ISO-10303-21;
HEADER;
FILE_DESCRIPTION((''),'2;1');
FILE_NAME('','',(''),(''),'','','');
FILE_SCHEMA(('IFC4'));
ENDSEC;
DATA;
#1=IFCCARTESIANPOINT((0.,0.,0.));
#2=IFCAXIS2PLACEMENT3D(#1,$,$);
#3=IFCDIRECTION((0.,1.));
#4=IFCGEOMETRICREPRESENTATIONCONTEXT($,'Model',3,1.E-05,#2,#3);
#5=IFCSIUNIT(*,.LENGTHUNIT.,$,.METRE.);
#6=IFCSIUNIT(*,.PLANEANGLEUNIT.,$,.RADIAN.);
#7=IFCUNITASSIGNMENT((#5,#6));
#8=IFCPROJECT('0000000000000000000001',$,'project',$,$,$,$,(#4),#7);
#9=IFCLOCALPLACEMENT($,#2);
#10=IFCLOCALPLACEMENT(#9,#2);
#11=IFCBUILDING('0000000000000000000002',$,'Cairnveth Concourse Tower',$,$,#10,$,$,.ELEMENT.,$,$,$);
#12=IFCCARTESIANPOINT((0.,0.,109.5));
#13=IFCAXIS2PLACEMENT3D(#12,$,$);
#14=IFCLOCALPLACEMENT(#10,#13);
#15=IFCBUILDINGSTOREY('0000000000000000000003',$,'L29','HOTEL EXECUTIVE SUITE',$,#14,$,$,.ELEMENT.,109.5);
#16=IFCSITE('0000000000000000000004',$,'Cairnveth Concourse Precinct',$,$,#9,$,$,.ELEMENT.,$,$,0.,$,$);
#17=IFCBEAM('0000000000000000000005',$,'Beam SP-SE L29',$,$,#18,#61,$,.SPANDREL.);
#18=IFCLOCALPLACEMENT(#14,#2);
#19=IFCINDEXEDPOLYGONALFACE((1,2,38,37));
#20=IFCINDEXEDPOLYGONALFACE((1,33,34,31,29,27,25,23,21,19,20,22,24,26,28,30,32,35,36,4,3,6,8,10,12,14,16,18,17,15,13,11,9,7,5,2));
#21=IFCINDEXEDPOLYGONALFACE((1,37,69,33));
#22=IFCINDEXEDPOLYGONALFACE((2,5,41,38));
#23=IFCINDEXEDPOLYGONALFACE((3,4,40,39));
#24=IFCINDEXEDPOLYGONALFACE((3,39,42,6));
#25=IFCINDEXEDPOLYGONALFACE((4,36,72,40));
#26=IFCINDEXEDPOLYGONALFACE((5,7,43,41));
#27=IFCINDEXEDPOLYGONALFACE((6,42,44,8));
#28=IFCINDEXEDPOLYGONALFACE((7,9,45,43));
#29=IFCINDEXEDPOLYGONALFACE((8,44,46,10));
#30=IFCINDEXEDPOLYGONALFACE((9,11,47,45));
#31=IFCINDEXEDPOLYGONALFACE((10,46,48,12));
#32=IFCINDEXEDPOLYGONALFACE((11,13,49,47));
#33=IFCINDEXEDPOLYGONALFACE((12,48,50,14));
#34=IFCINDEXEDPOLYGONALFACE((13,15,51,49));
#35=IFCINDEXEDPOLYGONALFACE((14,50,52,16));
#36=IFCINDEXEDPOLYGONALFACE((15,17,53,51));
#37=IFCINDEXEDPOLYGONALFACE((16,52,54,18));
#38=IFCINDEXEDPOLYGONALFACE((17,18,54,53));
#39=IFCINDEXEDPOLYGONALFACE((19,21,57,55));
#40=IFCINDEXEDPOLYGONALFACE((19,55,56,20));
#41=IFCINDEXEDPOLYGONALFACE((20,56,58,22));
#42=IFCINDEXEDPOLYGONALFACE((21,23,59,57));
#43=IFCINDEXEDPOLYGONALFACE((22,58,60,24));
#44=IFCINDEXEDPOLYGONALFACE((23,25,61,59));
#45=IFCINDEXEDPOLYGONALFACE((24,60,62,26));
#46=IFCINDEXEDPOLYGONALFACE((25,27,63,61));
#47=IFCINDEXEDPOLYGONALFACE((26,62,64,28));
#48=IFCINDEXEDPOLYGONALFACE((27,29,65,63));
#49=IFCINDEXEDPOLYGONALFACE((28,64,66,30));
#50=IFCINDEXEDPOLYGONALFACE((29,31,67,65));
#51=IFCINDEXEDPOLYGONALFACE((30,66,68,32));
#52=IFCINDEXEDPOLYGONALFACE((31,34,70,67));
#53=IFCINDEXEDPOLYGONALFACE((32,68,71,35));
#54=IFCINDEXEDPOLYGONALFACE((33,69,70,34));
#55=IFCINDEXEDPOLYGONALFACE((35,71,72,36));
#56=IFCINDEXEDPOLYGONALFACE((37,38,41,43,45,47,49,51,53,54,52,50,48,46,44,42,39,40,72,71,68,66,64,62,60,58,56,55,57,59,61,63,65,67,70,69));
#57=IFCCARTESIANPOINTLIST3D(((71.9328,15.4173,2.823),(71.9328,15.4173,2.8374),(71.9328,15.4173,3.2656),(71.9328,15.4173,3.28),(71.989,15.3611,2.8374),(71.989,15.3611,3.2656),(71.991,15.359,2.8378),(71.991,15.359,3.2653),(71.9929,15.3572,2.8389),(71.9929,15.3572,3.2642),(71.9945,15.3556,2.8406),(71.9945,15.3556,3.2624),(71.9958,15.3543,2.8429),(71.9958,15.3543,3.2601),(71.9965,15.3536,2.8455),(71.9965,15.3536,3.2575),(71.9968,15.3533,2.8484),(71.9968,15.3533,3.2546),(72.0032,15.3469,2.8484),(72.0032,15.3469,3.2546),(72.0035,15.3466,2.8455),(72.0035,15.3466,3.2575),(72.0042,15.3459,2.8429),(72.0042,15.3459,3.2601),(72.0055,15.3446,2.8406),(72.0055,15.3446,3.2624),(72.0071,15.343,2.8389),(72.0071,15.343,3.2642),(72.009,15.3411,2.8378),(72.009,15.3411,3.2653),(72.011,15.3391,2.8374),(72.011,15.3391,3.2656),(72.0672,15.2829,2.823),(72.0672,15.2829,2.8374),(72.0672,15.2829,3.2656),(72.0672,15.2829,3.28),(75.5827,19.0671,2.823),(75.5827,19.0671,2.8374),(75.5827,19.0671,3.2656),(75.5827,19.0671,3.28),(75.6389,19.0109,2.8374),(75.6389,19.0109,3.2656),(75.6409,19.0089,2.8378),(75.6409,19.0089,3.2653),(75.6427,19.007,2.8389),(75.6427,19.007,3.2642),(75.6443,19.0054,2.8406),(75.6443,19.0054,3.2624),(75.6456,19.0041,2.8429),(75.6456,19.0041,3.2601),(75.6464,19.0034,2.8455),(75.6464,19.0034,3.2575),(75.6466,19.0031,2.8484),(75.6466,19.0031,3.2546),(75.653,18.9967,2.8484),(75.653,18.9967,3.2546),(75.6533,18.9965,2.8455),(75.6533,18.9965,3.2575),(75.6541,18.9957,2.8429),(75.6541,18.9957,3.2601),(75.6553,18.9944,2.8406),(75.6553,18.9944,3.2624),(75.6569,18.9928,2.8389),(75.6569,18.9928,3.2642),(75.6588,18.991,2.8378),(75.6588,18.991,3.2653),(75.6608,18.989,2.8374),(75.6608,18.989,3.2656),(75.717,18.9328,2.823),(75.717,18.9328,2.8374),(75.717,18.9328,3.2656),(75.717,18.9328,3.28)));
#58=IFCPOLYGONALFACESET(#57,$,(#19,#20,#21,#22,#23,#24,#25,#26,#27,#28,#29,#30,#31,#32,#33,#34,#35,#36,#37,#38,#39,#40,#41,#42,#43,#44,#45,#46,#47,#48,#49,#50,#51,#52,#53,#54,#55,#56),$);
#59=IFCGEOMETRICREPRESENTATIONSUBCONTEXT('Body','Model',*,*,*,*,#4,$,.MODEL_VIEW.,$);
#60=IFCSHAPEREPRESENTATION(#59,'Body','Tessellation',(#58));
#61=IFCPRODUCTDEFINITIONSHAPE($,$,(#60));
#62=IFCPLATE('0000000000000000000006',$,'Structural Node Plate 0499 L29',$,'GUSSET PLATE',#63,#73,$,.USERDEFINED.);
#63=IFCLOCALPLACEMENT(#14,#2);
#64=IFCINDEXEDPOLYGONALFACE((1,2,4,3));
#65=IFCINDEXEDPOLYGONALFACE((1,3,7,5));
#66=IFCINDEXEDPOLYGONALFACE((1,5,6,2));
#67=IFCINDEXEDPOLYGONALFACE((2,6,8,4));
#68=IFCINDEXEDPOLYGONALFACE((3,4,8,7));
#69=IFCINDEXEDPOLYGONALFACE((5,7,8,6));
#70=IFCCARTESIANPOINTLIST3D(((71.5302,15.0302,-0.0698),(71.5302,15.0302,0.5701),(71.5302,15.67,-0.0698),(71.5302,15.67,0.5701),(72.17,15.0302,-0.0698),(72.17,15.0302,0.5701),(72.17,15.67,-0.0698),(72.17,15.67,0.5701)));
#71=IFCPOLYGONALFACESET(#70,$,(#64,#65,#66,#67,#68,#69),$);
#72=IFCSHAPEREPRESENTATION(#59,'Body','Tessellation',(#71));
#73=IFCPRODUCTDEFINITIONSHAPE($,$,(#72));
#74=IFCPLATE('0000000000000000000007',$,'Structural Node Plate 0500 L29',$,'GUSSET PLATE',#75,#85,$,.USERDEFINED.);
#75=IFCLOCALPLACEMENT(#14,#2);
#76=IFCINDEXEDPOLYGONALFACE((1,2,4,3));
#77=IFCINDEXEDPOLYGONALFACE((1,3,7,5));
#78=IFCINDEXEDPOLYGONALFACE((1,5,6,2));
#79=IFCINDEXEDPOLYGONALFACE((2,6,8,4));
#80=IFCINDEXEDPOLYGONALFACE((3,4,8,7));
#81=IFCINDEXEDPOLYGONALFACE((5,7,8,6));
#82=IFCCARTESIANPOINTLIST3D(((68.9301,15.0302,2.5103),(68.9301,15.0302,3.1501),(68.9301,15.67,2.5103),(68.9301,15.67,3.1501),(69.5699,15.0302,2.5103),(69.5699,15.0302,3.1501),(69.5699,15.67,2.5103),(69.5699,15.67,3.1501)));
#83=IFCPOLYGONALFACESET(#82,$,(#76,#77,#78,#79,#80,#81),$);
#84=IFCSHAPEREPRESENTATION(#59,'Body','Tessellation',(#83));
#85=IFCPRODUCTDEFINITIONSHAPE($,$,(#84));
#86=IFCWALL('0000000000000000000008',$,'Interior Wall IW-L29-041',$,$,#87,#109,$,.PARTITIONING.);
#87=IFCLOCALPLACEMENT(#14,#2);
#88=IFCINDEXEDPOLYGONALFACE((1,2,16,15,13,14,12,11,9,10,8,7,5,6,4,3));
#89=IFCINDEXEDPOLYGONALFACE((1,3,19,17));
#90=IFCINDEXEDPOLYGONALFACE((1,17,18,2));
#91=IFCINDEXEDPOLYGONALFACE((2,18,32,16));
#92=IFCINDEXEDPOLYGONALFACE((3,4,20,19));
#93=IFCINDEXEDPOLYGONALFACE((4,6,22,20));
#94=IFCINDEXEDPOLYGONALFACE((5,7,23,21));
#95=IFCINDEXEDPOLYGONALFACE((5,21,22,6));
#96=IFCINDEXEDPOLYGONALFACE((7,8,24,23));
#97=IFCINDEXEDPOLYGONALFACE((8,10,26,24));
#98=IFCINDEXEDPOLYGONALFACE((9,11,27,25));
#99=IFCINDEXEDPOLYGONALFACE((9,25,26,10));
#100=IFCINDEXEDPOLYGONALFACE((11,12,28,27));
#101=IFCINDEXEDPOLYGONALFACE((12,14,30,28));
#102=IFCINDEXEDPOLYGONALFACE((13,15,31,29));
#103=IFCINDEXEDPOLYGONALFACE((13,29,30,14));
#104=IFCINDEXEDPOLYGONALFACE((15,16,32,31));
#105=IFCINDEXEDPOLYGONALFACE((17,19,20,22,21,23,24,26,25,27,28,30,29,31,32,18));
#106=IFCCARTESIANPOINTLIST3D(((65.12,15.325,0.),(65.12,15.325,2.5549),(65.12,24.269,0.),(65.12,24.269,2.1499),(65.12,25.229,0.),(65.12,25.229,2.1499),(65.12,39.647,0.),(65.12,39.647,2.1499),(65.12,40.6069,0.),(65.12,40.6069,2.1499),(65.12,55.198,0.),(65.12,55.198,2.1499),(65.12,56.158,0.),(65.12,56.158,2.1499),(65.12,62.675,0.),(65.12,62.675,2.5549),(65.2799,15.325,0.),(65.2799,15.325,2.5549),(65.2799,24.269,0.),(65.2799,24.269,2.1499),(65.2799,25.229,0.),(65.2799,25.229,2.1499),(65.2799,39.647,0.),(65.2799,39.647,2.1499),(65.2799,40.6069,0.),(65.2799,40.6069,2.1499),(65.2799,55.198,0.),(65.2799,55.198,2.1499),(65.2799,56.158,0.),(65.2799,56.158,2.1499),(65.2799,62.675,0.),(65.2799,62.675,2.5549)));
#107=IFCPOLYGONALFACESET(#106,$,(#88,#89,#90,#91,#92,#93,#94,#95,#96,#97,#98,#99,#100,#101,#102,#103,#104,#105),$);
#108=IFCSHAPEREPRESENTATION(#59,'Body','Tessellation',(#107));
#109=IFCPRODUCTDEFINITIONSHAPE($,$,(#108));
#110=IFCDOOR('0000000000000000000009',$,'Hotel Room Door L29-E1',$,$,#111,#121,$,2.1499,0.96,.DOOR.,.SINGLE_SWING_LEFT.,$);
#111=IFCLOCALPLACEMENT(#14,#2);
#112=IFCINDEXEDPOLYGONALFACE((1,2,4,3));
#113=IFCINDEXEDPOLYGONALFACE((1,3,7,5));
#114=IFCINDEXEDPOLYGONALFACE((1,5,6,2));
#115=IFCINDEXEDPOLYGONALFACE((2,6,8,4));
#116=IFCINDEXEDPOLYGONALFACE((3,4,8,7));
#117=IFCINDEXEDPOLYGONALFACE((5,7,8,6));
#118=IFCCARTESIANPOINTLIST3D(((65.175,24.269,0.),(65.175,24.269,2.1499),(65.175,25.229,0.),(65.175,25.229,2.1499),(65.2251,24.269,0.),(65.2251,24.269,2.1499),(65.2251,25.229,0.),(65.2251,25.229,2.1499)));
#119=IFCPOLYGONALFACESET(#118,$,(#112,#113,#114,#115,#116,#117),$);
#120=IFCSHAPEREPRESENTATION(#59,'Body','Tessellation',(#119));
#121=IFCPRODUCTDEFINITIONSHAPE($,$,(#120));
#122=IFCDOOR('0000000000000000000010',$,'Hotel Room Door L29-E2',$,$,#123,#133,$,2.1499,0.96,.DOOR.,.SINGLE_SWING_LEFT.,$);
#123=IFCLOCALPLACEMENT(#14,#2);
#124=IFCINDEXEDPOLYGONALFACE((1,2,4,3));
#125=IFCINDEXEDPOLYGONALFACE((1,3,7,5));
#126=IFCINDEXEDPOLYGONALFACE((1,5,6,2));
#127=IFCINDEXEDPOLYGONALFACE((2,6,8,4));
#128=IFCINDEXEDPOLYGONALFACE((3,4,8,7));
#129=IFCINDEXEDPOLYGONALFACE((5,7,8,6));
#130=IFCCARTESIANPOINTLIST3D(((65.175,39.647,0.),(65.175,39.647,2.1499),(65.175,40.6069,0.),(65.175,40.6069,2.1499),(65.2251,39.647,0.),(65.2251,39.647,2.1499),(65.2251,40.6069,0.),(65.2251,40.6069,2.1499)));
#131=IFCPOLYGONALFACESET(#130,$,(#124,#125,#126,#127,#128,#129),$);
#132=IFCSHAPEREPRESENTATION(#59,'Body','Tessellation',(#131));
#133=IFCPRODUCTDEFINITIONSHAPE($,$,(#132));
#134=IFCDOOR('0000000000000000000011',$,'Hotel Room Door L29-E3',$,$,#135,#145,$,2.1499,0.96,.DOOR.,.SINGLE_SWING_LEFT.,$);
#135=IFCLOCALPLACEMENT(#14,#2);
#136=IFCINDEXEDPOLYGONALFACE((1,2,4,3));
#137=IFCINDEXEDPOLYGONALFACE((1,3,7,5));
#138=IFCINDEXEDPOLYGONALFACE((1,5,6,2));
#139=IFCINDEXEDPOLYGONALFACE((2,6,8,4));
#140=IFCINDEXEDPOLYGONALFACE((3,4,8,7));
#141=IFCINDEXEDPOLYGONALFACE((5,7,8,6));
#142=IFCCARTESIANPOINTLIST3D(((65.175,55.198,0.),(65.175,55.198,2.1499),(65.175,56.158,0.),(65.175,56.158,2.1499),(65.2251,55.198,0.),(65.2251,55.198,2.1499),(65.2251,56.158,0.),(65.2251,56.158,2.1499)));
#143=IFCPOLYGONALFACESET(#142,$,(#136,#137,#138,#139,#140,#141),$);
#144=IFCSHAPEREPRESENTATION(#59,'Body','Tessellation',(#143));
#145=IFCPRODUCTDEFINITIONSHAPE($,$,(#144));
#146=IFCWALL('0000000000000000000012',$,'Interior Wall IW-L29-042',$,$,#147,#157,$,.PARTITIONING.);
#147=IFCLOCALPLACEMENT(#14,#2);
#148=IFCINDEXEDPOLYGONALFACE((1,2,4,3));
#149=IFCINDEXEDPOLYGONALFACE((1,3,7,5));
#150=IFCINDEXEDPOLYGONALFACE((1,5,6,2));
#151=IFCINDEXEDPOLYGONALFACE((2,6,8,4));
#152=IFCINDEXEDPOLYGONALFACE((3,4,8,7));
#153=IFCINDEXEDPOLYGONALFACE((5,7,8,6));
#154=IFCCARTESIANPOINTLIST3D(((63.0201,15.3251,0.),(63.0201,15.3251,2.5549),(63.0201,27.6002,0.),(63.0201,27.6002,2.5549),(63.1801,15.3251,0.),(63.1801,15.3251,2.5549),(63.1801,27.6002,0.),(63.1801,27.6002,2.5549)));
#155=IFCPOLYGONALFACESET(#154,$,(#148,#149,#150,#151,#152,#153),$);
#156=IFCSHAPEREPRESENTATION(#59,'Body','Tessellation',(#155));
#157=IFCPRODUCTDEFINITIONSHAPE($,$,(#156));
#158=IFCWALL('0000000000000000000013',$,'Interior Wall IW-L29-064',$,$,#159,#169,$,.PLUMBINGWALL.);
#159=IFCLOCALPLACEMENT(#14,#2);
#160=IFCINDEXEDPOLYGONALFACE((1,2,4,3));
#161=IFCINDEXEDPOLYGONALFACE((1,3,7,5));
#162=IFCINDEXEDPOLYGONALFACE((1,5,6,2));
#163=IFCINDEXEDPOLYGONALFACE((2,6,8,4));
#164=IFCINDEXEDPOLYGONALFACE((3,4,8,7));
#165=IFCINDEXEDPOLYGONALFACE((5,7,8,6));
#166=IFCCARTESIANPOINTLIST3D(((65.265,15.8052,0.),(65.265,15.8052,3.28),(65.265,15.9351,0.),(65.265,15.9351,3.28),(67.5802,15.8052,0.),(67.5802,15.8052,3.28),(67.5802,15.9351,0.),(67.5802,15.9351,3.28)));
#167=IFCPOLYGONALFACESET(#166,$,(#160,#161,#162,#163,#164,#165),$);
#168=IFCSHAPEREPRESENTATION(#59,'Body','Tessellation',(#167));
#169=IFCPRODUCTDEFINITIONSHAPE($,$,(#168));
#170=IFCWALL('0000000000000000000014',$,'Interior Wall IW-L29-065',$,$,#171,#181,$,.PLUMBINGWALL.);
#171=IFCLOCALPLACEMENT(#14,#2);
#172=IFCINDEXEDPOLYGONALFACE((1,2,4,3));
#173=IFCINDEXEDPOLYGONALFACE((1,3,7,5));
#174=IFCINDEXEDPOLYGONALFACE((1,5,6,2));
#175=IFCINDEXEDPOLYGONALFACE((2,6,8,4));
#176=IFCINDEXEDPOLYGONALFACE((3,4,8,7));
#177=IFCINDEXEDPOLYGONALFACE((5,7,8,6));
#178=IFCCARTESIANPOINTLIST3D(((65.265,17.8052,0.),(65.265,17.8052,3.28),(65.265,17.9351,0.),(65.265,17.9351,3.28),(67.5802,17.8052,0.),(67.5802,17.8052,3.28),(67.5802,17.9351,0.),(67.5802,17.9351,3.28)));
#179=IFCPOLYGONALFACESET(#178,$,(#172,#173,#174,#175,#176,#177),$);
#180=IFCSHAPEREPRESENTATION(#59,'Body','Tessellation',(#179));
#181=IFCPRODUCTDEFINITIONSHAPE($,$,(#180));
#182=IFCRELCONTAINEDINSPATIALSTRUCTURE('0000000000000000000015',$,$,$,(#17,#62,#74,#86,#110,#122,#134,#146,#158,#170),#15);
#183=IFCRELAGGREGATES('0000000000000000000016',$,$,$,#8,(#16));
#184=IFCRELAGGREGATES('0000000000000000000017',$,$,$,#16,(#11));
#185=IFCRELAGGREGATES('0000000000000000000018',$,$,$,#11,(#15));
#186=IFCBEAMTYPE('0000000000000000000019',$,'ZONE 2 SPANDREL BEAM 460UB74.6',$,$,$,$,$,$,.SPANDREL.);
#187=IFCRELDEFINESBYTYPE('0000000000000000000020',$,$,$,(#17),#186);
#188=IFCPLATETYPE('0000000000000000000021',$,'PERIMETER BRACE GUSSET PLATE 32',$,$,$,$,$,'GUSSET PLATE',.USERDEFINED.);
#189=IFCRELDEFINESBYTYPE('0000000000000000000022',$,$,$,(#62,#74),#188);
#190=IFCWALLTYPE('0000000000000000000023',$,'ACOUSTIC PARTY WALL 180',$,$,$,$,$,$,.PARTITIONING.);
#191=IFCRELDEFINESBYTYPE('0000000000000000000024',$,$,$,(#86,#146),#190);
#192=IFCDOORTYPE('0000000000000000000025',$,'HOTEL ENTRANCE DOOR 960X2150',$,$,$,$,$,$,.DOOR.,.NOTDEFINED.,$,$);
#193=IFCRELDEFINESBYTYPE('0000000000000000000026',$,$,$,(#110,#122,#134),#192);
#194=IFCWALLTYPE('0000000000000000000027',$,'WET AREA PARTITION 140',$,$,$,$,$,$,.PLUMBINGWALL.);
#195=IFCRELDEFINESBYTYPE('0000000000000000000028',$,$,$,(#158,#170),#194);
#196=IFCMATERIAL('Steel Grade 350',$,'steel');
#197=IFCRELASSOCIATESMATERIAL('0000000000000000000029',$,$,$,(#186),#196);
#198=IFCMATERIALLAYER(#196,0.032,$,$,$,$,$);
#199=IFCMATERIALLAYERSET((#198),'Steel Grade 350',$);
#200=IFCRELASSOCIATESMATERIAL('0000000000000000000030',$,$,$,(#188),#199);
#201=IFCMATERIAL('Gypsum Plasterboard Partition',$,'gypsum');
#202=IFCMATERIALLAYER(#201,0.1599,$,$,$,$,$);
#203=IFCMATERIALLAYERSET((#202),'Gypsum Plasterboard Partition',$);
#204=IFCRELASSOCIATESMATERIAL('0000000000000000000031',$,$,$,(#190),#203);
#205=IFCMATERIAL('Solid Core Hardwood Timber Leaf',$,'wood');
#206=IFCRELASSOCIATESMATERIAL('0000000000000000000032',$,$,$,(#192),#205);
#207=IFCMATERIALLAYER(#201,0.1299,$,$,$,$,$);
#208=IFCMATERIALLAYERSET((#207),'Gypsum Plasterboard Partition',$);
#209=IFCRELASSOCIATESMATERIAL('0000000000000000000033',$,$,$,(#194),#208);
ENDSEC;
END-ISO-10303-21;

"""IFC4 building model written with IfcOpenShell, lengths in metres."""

from ifc_helpers import new_model, si_unit, direction, frame, frame_2d, origin, origin_2d, place, context, subcontext, project, spatial, rectangle, i_section, extrude, material, layer, layer_set, material_profile, profile_set, type_object, element, fill, save


model = new_model("IFC4")

# Units and contexts
model_context = context("Model", 3, precision=1e-05, world=origin(), true_north=direction((0.0, 1.0)))
body_context = subcontext(model_context, "Body", "Model", "MODEL_VIEW")
ifc_project = project(units=[si_unit("LENGTHUNIT", "METRE"), si_unit("PLANEANGLEUNIT", "RADIAN")], contexts=[model_context])

# Site, building, storey
site_placement = place(None, origin())
site = spatial("IfcSite", under=ifc_project, at=site_placement, Name="Cairnveth Concourse Precinct", CompositionType="ELEMENT", RefElevation=0.0)
building_placement = place(site_placement, origin())
building = spatial("IfcBuilding", under=site, at=building_placement, Name="Cairnveth Concourse Tower", CompositionType="ELEMENT")
storey_placement = place(building_placement, frame((0.0, 0.0, 109.5)))
storey = spatial("IfcBuildingStorey", under=building, at=storey_placement, Name="L29", Description="HOTEL EXECUTIVE SUITE", CompositionType="ELEMENT", Elevation=109.5)

# Shared definitions
ifc_material_1 = material(Name="Steel Grade 350", Category="steel")

# Beam
ifc_material_profile_1 = material_profile(ifc_material_1, i_section(OverallWidth=0.1899, OverallDepth=0.457, WebThickness=0.009, FlangeThickness=0.0144, FilletRadius=0.011, at=origin_2d()), Name="460UB74.6")
ifc_profile_set_1 = profile_set([ifc_material_profile_1], Name="Steel Grade 350")
beam_type_1 = type_object("IfcBeamType", Name="ZONE 2 SPANDREL BEAM 460UB74.6", PredefinedType="SPANDREL", material=ifc_profile_set_1)
beam_1_placement = place(storey_placement, frame((72.0, 15.3501, 3.0515), z_axis=(0.707107, 0.707107, 0.0), x_axis=(-0.707107, 0.707107, 0.0)))
element("IfcBeam", 1, at=beam_1_placement, inside=storey, type_object=beam_type_1, Name="Beam SP-SE L29", PredefinedType="SPANDREL", context=body_context, shape_type="SweptSolid", body=[
    extrude(i_section(OverallWidth=0.1899, OverallDepth=0.457, WebThickness=0.009, FlangeThickness=0.0144, FilletRadius=0.011, at=origin_2d()), origin(), (0.0, 0.0, 1.0), 5.1616),
])

# Plates
ifc_layer_1 = layer(ifc_material_1, 0.032)
ifc_layer_set_1 = layer_set([ifc_layer_1], Name="Steel Grade 350")
plate_type = type_object("IfcPlateType", Name="PERIMETER BRACE GUSSET PLATE 32", ElementType="GUSSET PLATE", PredefinedType="USERDEFINED", material=ifc_layer_set_1)
for number, where, z_axis, x_axis, name in (
    (2, (71.8501, 15.3501, -0.0698), (0.0, 0.0, 1.0), (1.0, 0.0, 0.0), "Structural Node Plate 0499 L29"),
    (3, (69.25, 15.3501, 2.5103), (0.0, 0.0, 1.0), (1.0, 0.0, 0.0), "Structural Node Plate 0500 L29"),
):
    element("IfcPlate", number, at=place(storey_placement, frame(where, z_axis=z_axis, x_axis=x_axis)), inside=storey, type_object=plate_type, Name=name, ObjectType="GUSSET PLATE", PredefinedType="USERDEFINED", context=body_context, shape_type="SweptSolid", body=[
        extrude(rectangle(XDim=0.6399, YDim=0.6399, at=origin_2d()), origin(), (0.0, 0.0, 1.0), 0.6399),
    ])

# Wall, openings, doors
ifc_material_2 = material(Name="Gypsum Plasterboard Partition", Category="gypsum")
ifc_layer_2 = layer(ifc_material_2, 0.1599)
ifc_layer_set_2 = layer_set([ifc_layer_2], Name="Gypsum Plasterboard Partition")
wall_type_1 = type_object("IfcWallType", Name="ACOUSTIC PARTY WALL 180", PredefinedType="PARTITIONING", material=ifc_layer_set_2)
wall_1_placement = place(storey_placement, frame((65.2, 15.325, 0.0), z_axis=(0.0, 0.0, 1.0), x_axis=(0.0, 1.0, 0.0)))
wall_1 = element("IfcWall", 4, at=wall_1_placement, inside=storey, type_object=wall_type_1, Name="Interior Wall IW-L29-041", PredefinedType="PARTITIONING", context=body_context, shape_type="SweptSolid", body=[
    extrude(rectangle(XDim=47.3501, YDim=0.1599, at=frame_2d((23.675, 0.0))), origin(), (0.0, 0.0, 1.0), 2.5549),
])
opening_1_placement = place(wall_1_placement, frame((8.9441, 0.0, 0.0)))
opening_1 = element("IfcOpeningElement", 5, at=opening_1_placement, cuts=wall_1, PredefinedType="OPENING", context=body_context, shape_type="SweptSolid", body=[
    extrude(rectangle(XDim=0.96, YDim=2.1499, at=frame_2d((0.48, 1.075))), frame((0.0, 0.0898, 0.0), z_axis=(0.0, -1.0, 0.0), x_axis=(1.0, 0.0, 0.0)), (0.0, 0.0, 1.0), 0.1799),
])
opening_2_placement = place(wall_1_placement, frame((24.322, 0.0, 0.0)))
opening_2 = element("IfcOpeningElement", 6, at=opening_2_placement, cuts=wall_1, PredefinedType="OPENING", context=body_context, shape_type="SweptSolid", body=[
    extrude(rectangle(XDim=0.96, YDim=2.1499, at=frame_2d((0.48, 1.075))), frame((0.0, 0.0898, 0.0), z_axis=(0.0, -1.0, 0.0), x_axis=(1.0, 0.0, 0.0)), (0.0, 0.0, 1.0), 0.1799),
])
opening_3_placement = place(wall_1_placement, frame((39.873, 0.0, 0.0)))
opening_3 = element("IfcOpeningElement", 7, at=opening_3_placement, cuts=wall_1, PredefinedType="OPENING", context=body_context, shape_type="SweptSolid", body=[
    extrude(rectangle(XDim=0.96, YDim=2.1499, at=frame_2d((0.48, 1.075))), frame((0.0, 0.0898, 0.0), z_axis=(0.0, -1.0, 0.0), x_axis=(1.0, 0.0, 0.0)), (0.0, 0.0, 1.0), 0.1799),
])
ifc_material_3 = material(Name="Solid Core Hardwood Timber Leaf", Category="wood")
door_type_1 = type_object("IfcDoorType", Name="HOTEL ENTRANCE DOOR 960X2150", OperationType="NOTDEFINED", PredefinedType="DOOR", material=ifc_material_3)
door_1_placement = place(opening_1_placement, origin())
door_1 = element("IfcDoor", 8, at=door_1_placement, inside=storey, type_object=door_type_1, Name="Hotel Room Door L29-E1", OperationType="SINGLE_SWING_LEFT", OverallHeight=2.1499, OverallWidth=0.96, PredefinedType="DOOR", context=body_context, shape_type="SweptSolid", body=[
    extrude(rectangle(XDim=0.96, YDim=2.1499, at=frame_2d((0.48, 1.075))), frame((0.0, 0.0249, 0.0), z_axis=(0.0, -1.0, 0.0), x_axis=(1.0, 0.0, 0.0)), (0.0, 0.0, 1.0), 0.05),
])
fill(opening_1, door_1)
door_2_placement = place(opening_2_placement, origin())
door_2 = element("IfcDoor", 9, at=door_2_placement, inside=storey, type_object=door_type_1, Name="Hotel Room Door L29-E2", OperationType="SINGLE_SWING_LEFT", OverallHeight=2.1499, OverallWidth=0.96, PredefinedType="DOOR", context=body_context, shape_type="SweptSolid", body=[
    extrude(rectangle(XDim=0.96, YDim=2.1499, at=frame_2d((0.48, 1.075))), frame((0.0, 0.0249, 0.0), z_axis=(0.0, -1.0, 0.0), x_axis=(1.0, 0.0, 0.0)), (0.0, 0.0, 1.0), 0.05),
])
fill(opening_2, door_2)
door_3_placement = place(opening_3_placement, origin())
door_3 = element("IfcDoor", 10, at=door_3_placement, inside=storey, type_object=door_type_1, Name="Hotel Room Door L29-E3", OperationType="SINGLE_SWING_LEFT", OverallHeight=2.1499, OverallWidth=0.96, PredefinedType="DOOR", context=body_context, shape_type="SweptSolid", body=[
    extrude(rectangle(XDim=0.96, YDim=2.1499, at=frame_2d((0.48, 1.075))), frame((0.0, 0.0249, 0.0), z_axis=(0.0, -1.0, 0.0), x_axis=(1.0, 0.0, 0.0)), (0.0, 0.0, 1.0), 0.05),
])
fill(opening_3, door_3)

# Walls
wall_2_placement = place(storey_placement, frame((63.1001, 15.325, 0.0), z_axis=(0.0, 0.0, 1.0), x_axis=(0.0, 1.0, 0.0)))
element("IfcWall", 11, at=wall_2_placement, inside=storey, type_object=wall_type_1, Name="Interior Wall IW-L29-042", PredefinedType="PARTITIONING", context=body_context, shape_type="SweptSolid", body=[
    extrude(rectangle(XDim=12.2751, YDim=0.1599, at=frame_2d((6.1377, 0.0))), origin(), (0.0, 0.0, 1.0), 2.5549),
])
ifc_layer_3 = layer(ifc_material_2, 0.1299)
ifc_layer_set_3 = layer_set([ifc_layer_3], Name="Gypsum Plasterboard Partition")
wall_type_2 = type_object("IfcWallType", Name="WET AREA PARTITION 140", PredefinedType="PLUMBINGWALL", material=ifc_layer_set_3)
for number, where, z_axis, x_axis, name in (
    (12, (65.2649, 15.8701, 0.0), (0.0, 0.0, 1.0), (1.0, 0.0, 0.0), "Interior Wall IW-L29-064"),
    (13, (65.2649, 17.8701, 0.0), (0.0, 0.0, 1.0), (1.0, 0.0, 0.0), "Interior Wall IW-L29-065"),
):
    element("IfcWall", number, at=place(storey_placement, frame(where, z_axis=z_axis, x_axis=x_axis)), inside=storey, type_object=wall_type_2, Name=name, PredefinedType="PLUMBINGWALL", context=body_context, shape_type="SweptSolid", body=[
        extrude(rectangle(XDim=2.3152, YDim=0.1299, at=frame_2d((1.1577, 0.0))), origin(), (0.0, 0.0, 1.0), 3.28),
    ])

save(model, "model.ifc")
